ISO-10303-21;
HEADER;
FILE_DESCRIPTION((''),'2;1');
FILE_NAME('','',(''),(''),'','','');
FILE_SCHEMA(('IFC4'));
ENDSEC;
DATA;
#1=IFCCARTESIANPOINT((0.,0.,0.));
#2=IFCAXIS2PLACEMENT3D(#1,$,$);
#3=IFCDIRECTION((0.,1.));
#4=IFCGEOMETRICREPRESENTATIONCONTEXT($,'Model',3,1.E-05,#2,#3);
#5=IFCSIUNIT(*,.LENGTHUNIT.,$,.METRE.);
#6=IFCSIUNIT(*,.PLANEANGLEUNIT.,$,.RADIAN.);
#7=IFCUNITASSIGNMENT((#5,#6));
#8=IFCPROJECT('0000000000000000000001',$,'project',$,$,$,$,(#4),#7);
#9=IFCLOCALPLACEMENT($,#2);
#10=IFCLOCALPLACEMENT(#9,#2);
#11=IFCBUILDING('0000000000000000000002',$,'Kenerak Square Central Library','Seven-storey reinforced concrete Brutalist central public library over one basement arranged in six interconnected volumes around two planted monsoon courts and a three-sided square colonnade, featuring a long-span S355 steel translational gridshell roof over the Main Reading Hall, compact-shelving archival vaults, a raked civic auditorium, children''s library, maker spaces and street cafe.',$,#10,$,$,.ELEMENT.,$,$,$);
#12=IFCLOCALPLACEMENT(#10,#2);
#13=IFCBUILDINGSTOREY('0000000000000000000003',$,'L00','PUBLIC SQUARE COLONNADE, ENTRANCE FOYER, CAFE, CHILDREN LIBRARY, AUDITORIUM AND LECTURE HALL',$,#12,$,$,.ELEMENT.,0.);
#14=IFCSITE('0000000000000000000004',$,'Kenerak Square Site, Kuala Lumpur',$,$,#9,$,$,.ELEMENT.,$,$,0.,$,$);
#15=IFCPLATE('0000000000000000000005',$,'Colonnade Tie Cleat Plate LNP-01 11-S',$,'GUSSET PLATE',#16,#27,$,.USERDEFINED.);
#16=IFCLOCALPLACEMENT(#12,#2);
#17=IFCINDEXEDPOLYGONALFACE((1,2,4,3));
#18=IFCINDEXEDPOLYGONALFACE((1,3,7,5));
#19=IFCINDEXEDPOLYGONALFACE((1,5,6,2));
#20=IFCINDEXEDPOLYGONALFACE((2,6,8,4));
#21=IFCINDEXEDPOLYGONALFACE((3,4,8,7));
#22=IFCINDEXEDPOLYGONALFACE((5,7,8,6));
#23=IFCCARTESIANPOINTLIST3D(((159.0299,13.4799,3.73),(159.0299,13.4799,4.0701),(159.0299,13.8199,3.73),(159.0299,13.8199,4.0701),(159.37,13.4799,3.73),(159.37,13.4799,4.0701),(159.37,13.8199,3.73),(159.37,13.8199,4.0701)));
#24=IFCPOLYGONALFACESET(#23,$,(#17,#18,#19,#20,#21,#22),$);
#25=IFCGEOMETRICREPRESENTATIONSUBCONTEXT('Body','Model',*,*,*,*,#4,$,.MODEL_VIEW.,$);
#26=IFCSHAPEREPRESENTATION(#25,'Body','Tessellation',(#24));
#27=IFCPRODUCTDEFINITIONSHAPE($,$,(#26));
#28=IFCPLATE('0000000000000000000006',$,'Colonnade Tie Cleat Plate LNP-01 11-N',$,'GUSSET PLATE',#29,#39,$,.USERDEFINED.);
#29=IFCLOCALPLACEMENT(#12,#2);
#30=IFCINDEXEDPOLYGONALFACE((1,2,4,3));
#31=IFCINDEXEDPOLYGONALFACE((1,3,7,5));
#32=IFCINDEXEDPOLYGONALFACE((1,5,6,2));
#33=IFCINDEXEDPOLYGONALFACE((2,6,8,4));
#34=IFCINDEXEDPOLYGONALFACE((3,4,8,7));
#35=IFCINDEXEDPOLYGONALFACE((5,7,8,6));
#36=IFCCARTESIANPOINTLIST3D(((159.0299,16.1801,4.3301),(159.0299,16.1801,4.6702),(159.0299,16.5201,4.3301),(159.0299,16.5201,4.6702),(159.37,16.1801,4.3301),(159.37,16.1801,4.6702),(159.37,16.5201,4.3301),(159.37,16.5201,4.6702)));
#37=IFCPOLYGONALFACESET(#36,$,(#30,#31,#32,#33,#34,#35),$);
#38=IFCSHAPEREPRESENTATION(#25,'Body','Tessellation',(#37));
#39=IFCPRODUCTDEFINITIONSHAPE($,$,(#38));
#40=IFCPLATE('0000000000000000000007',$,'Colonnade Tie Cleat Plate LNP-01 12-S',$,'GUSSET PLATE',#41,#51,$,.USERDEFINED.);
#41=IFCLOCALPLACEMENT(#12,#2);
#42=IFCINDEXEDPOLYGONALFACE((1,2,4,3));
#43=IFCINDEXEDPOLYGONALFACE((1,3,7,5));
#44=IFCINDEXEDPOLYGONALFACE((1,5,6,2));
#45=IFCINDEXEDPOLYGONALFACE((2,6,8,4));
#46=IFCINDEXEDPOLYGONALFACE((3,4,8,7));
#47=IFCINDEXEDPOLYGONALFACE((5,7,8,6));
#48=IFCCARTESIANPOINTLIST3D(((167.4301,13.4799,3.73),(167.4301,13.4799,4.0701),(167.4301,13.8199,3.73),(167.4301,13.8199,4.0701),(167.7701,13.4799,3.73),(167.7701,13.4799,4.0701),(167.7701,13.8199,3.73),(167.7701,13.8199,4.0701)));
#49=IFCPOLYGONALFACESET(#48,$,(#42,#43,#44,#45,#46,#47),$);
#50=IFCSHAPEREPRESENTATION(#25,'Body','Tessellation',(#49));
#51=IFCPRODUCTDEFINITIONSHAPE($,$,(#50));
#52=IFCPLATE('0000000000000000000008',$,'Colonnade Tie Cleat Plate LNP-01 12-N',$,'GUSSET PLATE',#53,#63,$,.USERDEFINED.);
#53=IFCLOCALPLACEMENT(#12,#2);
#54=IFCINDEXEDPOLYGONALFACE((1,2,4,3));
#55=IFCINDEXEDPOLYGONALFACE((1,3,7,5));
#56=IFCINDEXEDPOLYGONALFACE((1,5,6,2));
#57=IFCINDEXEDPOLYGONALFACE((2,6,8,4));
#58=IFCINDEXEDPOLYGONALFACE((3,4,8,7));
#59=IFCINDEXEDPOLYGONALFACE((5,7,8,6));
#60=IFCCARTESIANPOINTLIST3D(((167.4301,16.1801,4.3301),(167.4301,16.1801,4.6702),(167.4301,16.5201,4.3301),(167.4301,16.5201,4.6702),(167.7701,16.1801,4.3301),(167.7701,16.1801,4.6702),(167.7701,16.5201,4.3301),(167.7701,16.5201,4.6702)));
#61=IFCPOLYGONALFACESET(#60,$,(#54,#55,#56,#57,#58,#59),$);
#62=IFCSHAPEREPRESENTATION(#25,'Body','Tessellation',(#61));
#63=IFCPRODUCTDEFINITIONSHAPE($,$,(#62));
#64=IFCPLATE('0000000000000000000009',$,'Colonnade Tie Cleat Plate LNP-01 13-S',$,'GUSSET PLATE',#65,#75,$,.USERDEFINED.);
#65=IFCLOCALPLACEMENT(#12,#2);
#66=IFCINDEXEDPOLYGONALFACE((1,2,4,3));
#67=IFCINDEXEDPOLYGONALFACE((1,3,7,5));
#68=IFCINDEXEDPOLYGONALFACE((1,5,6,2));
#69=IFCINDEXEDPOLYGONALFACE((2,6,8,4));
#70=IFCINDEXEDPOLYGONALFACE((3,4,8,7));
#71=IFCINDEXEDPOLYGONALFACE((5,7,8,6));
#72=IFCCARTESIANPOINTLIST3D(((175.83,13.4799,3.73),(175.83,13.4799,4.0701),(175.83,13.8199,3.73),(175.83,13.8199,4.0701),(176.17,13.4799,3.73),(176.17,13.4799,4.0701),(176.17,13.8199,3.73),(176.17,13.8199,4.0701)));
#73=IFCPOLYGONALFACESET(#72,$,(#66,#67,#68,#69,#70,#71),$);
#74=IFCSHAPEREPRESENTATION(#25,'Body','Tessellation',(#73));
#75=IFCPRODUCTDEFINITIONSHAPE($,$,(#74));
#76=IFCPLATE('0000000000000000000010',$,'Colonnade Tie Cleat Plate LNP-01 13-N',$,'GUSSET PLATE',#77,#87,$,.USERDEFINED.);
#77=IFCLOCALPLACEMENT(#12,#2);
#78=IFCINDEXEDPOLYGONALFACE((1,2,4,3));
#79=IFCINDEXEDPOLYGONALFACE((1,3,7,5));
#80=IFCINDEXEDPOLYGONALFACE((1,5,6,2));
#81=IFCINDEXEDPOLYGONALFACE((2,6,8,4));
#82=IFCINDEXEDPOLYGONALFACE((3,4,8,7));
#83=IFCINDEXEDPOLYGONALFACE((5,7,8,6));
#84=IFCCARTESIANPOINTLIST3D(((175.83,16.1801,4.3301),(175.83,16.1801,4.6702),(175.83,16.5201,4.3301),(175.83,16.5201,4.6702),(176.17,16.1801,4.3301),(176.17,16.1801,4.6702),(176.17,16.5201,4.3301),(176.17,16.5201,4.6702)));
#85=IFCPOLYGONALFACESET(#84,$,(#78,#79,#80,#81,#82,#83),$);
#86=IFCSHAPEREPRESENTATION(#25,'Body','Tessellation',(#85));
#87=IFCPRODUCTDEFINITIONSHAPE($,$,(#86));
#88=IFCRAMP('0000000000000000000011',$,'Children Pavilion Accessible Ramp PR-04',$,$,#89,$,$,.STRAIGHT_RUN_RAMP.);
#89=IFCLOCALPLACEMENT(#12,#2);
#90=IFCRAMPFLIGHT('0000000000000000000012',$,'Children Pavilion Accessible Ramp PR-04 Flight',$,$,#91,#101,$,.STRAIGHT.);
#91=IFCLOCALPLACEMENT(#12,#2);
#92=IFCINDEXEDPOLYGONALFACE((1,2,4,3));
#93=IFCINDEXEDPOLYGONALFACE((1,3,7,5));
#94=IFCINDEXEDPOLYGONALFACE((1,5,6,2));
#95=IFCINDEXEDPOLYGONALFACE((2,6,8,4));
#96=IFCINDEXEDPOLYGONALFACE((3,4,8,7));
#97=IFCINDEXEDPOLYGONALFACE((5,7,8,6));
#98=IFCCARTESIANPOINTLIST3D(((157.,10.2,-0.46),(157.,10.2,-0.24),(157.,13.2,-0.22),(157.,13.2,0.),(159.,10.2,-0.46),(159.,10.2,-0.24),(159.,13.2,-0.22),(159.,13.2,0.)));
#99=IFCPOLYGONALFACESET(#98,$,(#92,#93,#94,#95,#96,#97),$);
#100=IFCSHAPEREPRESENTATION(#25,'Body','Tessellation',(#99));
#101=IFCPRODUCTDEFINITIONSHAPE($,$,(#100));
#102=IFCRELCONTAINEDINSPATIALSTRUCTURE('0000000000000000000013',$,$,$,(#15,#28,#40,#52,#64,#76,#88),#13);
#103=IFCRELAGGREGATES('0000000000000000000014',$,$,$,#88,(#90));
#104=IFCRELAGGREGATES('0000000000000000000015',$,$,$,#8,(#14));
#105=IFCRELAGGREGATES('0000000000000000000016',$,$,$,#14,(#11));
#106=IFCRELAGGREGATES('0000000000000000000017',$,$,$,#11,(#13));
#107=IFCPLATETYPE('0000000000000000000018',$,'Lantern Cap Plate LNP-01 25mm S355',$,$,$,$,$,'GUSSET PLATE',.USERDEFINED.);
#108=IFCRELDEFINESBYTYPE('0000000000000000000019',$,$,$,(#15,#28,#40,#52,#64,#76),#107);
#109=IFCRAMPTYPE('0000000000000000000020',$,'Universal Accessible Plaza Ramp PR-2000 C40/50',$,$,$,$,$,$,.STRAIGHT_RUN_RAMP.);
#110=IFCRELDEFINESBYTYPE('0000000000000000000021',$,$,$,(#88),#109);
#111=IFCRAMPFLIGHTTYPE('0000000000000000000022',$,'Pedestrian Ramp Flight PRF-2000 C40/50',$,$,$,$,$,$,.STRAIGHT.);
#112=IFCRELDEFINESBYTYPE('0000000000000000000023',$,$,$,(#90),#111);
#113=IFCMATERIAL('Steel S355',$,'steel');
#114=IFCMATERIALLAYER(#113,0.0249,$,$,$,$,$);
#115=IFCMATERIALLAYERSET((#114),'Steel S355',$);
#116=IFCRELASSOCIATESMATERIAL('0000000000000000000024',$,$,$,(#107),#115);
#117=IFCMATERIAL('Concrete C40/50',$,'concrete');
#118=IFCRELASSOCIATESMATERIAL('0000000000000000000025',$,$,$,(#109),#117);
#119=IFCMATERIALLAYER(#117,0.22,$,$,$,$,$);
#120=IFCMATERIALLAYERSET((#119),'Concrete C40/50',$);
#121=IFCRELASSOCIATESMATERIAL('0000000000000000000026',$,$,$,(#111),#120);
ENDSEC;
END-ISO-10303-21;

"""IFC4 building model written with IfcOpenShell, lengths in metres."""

from ifc_helpers import new_model, si_unit, direction, frame, origin, origin_2d, place, context, subcontext, project, spatial, polyline, rectangle, outline, extrude, material, layer, layer_set, type_object, element, aggregate, save


model = new_model("IFC4")

# Units and contexts
model_context = context("Model", 3, precision=1e-05, world=origin(), true_north=direction((0.0, 1.0)))
body_context = subcontext(model_context, "Body", "Model", "MODEL_VIEW")
ifc_project = project(units=[si_unit("LENGTHUNIT", "METRE"), si_unit("PLANEANGLEUNIT", "RADIAN")], contexts=[model_context])

# Site, building, storey
site_placement = place(None, origin())
site = spatial("IfcSite", under=ifc_project, at=site_placement, Name="Kenerak Square Site, Kuala Lumpur", CompositionType="ELEMENT", RefElevation=0.0)
building_placement = place(site_placement, origin())
building = spatial("IfcBuilding", under=site, at=building_placement, Name="Kenerak Square Central Library", Description="Seven-storey reinforced concrete Brutalist central public library over one basement arranged in six interconnected volumes around two planted monsoon courts and a three-sided square colonnade, featuring a long-span S355 steel translational gridshell roof over the Main Reading Hall, compact-shelving archival vaults, a raked civic auditorium, children's library, maker spaces and street cafe.", CompositionType="ELEMENT")
storey_placement = place(building_placement, origin())
storey = spatial("IfcBuildingStorey", under=building, at=storey_placement, Name="L00", Description="PUBLIC SQUARE COLONNADE, ENTRANCE FOYER, CAFE, CHILDREN LIBRARY, AUDITORIUM AND LECTURE HALL", CompositionType="ELEMENT", Elevation=0.0)

# Shared definitions
ifc_material_1 = material(Name="Steel S355", Category="steel")

# Plates
ifc_layer_1 = layer(ifc_material_1, 0.0249)
ifc_layer_set_1 = layer_set([ifc_layer_1], Name="Steel S355")
plate_type = type_object("IfcPlateType", Name="Lantern Cap Plate LNP-01 25mm S355", ElementType="GUSSET PLATE", PredefinedType="USERDEFINED", material=ifc_layer_set_1)
for number, where, z_axis, x_axis, name in (
    (1, (159.2, 13.6499, 3.73), (0.0, 0.0, 1.0), (1.0, 0.0, 0.0), "Colonnade Tie Cleat Plate LNP-01 11-S"),
    (2, (159.2, 16.3501, 4.3301), (0.0, 0.0, 1.0), (1.0, 0.0, 0.0), "Colonnade Tie Cleat Plate LNP-01 11-N"),
    (3, (167.6001, 13.6499, 3.73), (0.0, 0.0, 1.0), (1.0, 0.0, 0.0), "Colonnade Tie Cleat Plate LNP-01 12-S"),
    (4, (167.6001, 16.3501, 4.3301), (0.0, 0.0, 1.0), (1.0, 0.0, 0.0), "Colonnade Tie Cleat Plate LNP-01 12-N"),
    (5, (176.0, 13.6499, 3.73), (0.0, 0.0, 1.0), (1.0, 0.0, 0.0), "Colonnade Tie Cleat Plate LNP-01 13-S"),
    (6, (176.0, 16.3501, 4.3301), (0.0, 0.0, 1.0), (1.0, 0.0, 0.0), "Colonnade Tie Cleat Plate LNP-01 13-N"),
):
    element("IfcPlate", number, at=place(storey_placement, frame(where, z_axis=z_axis, x_axis=x_axis)), inside=storey, type_object=plate_type, Name=name, ObjectType="GUSSET PLATE", PredefinedType="USERDEFINED", context=body_context, shape_type="SweptSolid", body=[
        extrude(rectangle(XDim=0.3401, YDim=0.3401, at=origin_2d()), origin(), (0.0, 0.0, 1.0), 0.3401),
    ])

# Ramp, ramp flight
ifc_material_2 = material(Name="Concrete C40/50", Category="concrete")
ramp_type = type_object("IfcRampType", Name="Universal Accessible Plaza Ramp PR-2000 C40/50", PredefinedType="STRAIGHT_RUN_RAMP", material=ifc_material_2)
ramp_placement = place(storey_placement, origin())
ramp = element("IfcRamp", 7, at=ramp_placement, inside=storey, type_object=ramp_type, Name="Children Pavilion Accessible Ramp PR-04", PredefinedType="STRAIGHT_RUN_RAMP")
ifc_layer_2 = layer(ifc_material_2, 0.22)
ifc_layer_set_2 = layer_set([ifc_layer_2], Name="Concrete C40/50")
ramp_flight_type = type_object("IfcRampFlightType", Name="Pedestrian Ramp Flight PRF-2000 C40/50", PredefinedType="STRAIGHT", material=ifc_layer_set_2)
ramp_flight_placement = place(storey_placement, frame((158.0, 10.2, -0.24), z_axis=(0.0, 0.0, 1.0), x_axis=(0.0, 1.0, 0.0)))
ramp_flight = element("IfcRampFlight", 8, at=ramp_flight_placement, type_object=ramp_flight_type, Name="Children Pavilion Accessible Ramp PR-04 Flight", PredefinedType="STRAIGHT", context=body_context, shape_type="SweptSolid", body=[
    extrude(outline(polyline([(0.0, 0.0), (3.0, 0.24), (3.0, 0.02), (0.0, -0.22), (0.0, 0.0)])), frame((0.0, 1.0, 0.0), z_axis=(0.0, -1.0, 0.0), x_axis=(1.0, 0.0, 0.0)), (0.0, 0.0, 1.0), 2.0),
])
aggregate(ramp, [ramp_flight])

save(model, "model.ifc")
